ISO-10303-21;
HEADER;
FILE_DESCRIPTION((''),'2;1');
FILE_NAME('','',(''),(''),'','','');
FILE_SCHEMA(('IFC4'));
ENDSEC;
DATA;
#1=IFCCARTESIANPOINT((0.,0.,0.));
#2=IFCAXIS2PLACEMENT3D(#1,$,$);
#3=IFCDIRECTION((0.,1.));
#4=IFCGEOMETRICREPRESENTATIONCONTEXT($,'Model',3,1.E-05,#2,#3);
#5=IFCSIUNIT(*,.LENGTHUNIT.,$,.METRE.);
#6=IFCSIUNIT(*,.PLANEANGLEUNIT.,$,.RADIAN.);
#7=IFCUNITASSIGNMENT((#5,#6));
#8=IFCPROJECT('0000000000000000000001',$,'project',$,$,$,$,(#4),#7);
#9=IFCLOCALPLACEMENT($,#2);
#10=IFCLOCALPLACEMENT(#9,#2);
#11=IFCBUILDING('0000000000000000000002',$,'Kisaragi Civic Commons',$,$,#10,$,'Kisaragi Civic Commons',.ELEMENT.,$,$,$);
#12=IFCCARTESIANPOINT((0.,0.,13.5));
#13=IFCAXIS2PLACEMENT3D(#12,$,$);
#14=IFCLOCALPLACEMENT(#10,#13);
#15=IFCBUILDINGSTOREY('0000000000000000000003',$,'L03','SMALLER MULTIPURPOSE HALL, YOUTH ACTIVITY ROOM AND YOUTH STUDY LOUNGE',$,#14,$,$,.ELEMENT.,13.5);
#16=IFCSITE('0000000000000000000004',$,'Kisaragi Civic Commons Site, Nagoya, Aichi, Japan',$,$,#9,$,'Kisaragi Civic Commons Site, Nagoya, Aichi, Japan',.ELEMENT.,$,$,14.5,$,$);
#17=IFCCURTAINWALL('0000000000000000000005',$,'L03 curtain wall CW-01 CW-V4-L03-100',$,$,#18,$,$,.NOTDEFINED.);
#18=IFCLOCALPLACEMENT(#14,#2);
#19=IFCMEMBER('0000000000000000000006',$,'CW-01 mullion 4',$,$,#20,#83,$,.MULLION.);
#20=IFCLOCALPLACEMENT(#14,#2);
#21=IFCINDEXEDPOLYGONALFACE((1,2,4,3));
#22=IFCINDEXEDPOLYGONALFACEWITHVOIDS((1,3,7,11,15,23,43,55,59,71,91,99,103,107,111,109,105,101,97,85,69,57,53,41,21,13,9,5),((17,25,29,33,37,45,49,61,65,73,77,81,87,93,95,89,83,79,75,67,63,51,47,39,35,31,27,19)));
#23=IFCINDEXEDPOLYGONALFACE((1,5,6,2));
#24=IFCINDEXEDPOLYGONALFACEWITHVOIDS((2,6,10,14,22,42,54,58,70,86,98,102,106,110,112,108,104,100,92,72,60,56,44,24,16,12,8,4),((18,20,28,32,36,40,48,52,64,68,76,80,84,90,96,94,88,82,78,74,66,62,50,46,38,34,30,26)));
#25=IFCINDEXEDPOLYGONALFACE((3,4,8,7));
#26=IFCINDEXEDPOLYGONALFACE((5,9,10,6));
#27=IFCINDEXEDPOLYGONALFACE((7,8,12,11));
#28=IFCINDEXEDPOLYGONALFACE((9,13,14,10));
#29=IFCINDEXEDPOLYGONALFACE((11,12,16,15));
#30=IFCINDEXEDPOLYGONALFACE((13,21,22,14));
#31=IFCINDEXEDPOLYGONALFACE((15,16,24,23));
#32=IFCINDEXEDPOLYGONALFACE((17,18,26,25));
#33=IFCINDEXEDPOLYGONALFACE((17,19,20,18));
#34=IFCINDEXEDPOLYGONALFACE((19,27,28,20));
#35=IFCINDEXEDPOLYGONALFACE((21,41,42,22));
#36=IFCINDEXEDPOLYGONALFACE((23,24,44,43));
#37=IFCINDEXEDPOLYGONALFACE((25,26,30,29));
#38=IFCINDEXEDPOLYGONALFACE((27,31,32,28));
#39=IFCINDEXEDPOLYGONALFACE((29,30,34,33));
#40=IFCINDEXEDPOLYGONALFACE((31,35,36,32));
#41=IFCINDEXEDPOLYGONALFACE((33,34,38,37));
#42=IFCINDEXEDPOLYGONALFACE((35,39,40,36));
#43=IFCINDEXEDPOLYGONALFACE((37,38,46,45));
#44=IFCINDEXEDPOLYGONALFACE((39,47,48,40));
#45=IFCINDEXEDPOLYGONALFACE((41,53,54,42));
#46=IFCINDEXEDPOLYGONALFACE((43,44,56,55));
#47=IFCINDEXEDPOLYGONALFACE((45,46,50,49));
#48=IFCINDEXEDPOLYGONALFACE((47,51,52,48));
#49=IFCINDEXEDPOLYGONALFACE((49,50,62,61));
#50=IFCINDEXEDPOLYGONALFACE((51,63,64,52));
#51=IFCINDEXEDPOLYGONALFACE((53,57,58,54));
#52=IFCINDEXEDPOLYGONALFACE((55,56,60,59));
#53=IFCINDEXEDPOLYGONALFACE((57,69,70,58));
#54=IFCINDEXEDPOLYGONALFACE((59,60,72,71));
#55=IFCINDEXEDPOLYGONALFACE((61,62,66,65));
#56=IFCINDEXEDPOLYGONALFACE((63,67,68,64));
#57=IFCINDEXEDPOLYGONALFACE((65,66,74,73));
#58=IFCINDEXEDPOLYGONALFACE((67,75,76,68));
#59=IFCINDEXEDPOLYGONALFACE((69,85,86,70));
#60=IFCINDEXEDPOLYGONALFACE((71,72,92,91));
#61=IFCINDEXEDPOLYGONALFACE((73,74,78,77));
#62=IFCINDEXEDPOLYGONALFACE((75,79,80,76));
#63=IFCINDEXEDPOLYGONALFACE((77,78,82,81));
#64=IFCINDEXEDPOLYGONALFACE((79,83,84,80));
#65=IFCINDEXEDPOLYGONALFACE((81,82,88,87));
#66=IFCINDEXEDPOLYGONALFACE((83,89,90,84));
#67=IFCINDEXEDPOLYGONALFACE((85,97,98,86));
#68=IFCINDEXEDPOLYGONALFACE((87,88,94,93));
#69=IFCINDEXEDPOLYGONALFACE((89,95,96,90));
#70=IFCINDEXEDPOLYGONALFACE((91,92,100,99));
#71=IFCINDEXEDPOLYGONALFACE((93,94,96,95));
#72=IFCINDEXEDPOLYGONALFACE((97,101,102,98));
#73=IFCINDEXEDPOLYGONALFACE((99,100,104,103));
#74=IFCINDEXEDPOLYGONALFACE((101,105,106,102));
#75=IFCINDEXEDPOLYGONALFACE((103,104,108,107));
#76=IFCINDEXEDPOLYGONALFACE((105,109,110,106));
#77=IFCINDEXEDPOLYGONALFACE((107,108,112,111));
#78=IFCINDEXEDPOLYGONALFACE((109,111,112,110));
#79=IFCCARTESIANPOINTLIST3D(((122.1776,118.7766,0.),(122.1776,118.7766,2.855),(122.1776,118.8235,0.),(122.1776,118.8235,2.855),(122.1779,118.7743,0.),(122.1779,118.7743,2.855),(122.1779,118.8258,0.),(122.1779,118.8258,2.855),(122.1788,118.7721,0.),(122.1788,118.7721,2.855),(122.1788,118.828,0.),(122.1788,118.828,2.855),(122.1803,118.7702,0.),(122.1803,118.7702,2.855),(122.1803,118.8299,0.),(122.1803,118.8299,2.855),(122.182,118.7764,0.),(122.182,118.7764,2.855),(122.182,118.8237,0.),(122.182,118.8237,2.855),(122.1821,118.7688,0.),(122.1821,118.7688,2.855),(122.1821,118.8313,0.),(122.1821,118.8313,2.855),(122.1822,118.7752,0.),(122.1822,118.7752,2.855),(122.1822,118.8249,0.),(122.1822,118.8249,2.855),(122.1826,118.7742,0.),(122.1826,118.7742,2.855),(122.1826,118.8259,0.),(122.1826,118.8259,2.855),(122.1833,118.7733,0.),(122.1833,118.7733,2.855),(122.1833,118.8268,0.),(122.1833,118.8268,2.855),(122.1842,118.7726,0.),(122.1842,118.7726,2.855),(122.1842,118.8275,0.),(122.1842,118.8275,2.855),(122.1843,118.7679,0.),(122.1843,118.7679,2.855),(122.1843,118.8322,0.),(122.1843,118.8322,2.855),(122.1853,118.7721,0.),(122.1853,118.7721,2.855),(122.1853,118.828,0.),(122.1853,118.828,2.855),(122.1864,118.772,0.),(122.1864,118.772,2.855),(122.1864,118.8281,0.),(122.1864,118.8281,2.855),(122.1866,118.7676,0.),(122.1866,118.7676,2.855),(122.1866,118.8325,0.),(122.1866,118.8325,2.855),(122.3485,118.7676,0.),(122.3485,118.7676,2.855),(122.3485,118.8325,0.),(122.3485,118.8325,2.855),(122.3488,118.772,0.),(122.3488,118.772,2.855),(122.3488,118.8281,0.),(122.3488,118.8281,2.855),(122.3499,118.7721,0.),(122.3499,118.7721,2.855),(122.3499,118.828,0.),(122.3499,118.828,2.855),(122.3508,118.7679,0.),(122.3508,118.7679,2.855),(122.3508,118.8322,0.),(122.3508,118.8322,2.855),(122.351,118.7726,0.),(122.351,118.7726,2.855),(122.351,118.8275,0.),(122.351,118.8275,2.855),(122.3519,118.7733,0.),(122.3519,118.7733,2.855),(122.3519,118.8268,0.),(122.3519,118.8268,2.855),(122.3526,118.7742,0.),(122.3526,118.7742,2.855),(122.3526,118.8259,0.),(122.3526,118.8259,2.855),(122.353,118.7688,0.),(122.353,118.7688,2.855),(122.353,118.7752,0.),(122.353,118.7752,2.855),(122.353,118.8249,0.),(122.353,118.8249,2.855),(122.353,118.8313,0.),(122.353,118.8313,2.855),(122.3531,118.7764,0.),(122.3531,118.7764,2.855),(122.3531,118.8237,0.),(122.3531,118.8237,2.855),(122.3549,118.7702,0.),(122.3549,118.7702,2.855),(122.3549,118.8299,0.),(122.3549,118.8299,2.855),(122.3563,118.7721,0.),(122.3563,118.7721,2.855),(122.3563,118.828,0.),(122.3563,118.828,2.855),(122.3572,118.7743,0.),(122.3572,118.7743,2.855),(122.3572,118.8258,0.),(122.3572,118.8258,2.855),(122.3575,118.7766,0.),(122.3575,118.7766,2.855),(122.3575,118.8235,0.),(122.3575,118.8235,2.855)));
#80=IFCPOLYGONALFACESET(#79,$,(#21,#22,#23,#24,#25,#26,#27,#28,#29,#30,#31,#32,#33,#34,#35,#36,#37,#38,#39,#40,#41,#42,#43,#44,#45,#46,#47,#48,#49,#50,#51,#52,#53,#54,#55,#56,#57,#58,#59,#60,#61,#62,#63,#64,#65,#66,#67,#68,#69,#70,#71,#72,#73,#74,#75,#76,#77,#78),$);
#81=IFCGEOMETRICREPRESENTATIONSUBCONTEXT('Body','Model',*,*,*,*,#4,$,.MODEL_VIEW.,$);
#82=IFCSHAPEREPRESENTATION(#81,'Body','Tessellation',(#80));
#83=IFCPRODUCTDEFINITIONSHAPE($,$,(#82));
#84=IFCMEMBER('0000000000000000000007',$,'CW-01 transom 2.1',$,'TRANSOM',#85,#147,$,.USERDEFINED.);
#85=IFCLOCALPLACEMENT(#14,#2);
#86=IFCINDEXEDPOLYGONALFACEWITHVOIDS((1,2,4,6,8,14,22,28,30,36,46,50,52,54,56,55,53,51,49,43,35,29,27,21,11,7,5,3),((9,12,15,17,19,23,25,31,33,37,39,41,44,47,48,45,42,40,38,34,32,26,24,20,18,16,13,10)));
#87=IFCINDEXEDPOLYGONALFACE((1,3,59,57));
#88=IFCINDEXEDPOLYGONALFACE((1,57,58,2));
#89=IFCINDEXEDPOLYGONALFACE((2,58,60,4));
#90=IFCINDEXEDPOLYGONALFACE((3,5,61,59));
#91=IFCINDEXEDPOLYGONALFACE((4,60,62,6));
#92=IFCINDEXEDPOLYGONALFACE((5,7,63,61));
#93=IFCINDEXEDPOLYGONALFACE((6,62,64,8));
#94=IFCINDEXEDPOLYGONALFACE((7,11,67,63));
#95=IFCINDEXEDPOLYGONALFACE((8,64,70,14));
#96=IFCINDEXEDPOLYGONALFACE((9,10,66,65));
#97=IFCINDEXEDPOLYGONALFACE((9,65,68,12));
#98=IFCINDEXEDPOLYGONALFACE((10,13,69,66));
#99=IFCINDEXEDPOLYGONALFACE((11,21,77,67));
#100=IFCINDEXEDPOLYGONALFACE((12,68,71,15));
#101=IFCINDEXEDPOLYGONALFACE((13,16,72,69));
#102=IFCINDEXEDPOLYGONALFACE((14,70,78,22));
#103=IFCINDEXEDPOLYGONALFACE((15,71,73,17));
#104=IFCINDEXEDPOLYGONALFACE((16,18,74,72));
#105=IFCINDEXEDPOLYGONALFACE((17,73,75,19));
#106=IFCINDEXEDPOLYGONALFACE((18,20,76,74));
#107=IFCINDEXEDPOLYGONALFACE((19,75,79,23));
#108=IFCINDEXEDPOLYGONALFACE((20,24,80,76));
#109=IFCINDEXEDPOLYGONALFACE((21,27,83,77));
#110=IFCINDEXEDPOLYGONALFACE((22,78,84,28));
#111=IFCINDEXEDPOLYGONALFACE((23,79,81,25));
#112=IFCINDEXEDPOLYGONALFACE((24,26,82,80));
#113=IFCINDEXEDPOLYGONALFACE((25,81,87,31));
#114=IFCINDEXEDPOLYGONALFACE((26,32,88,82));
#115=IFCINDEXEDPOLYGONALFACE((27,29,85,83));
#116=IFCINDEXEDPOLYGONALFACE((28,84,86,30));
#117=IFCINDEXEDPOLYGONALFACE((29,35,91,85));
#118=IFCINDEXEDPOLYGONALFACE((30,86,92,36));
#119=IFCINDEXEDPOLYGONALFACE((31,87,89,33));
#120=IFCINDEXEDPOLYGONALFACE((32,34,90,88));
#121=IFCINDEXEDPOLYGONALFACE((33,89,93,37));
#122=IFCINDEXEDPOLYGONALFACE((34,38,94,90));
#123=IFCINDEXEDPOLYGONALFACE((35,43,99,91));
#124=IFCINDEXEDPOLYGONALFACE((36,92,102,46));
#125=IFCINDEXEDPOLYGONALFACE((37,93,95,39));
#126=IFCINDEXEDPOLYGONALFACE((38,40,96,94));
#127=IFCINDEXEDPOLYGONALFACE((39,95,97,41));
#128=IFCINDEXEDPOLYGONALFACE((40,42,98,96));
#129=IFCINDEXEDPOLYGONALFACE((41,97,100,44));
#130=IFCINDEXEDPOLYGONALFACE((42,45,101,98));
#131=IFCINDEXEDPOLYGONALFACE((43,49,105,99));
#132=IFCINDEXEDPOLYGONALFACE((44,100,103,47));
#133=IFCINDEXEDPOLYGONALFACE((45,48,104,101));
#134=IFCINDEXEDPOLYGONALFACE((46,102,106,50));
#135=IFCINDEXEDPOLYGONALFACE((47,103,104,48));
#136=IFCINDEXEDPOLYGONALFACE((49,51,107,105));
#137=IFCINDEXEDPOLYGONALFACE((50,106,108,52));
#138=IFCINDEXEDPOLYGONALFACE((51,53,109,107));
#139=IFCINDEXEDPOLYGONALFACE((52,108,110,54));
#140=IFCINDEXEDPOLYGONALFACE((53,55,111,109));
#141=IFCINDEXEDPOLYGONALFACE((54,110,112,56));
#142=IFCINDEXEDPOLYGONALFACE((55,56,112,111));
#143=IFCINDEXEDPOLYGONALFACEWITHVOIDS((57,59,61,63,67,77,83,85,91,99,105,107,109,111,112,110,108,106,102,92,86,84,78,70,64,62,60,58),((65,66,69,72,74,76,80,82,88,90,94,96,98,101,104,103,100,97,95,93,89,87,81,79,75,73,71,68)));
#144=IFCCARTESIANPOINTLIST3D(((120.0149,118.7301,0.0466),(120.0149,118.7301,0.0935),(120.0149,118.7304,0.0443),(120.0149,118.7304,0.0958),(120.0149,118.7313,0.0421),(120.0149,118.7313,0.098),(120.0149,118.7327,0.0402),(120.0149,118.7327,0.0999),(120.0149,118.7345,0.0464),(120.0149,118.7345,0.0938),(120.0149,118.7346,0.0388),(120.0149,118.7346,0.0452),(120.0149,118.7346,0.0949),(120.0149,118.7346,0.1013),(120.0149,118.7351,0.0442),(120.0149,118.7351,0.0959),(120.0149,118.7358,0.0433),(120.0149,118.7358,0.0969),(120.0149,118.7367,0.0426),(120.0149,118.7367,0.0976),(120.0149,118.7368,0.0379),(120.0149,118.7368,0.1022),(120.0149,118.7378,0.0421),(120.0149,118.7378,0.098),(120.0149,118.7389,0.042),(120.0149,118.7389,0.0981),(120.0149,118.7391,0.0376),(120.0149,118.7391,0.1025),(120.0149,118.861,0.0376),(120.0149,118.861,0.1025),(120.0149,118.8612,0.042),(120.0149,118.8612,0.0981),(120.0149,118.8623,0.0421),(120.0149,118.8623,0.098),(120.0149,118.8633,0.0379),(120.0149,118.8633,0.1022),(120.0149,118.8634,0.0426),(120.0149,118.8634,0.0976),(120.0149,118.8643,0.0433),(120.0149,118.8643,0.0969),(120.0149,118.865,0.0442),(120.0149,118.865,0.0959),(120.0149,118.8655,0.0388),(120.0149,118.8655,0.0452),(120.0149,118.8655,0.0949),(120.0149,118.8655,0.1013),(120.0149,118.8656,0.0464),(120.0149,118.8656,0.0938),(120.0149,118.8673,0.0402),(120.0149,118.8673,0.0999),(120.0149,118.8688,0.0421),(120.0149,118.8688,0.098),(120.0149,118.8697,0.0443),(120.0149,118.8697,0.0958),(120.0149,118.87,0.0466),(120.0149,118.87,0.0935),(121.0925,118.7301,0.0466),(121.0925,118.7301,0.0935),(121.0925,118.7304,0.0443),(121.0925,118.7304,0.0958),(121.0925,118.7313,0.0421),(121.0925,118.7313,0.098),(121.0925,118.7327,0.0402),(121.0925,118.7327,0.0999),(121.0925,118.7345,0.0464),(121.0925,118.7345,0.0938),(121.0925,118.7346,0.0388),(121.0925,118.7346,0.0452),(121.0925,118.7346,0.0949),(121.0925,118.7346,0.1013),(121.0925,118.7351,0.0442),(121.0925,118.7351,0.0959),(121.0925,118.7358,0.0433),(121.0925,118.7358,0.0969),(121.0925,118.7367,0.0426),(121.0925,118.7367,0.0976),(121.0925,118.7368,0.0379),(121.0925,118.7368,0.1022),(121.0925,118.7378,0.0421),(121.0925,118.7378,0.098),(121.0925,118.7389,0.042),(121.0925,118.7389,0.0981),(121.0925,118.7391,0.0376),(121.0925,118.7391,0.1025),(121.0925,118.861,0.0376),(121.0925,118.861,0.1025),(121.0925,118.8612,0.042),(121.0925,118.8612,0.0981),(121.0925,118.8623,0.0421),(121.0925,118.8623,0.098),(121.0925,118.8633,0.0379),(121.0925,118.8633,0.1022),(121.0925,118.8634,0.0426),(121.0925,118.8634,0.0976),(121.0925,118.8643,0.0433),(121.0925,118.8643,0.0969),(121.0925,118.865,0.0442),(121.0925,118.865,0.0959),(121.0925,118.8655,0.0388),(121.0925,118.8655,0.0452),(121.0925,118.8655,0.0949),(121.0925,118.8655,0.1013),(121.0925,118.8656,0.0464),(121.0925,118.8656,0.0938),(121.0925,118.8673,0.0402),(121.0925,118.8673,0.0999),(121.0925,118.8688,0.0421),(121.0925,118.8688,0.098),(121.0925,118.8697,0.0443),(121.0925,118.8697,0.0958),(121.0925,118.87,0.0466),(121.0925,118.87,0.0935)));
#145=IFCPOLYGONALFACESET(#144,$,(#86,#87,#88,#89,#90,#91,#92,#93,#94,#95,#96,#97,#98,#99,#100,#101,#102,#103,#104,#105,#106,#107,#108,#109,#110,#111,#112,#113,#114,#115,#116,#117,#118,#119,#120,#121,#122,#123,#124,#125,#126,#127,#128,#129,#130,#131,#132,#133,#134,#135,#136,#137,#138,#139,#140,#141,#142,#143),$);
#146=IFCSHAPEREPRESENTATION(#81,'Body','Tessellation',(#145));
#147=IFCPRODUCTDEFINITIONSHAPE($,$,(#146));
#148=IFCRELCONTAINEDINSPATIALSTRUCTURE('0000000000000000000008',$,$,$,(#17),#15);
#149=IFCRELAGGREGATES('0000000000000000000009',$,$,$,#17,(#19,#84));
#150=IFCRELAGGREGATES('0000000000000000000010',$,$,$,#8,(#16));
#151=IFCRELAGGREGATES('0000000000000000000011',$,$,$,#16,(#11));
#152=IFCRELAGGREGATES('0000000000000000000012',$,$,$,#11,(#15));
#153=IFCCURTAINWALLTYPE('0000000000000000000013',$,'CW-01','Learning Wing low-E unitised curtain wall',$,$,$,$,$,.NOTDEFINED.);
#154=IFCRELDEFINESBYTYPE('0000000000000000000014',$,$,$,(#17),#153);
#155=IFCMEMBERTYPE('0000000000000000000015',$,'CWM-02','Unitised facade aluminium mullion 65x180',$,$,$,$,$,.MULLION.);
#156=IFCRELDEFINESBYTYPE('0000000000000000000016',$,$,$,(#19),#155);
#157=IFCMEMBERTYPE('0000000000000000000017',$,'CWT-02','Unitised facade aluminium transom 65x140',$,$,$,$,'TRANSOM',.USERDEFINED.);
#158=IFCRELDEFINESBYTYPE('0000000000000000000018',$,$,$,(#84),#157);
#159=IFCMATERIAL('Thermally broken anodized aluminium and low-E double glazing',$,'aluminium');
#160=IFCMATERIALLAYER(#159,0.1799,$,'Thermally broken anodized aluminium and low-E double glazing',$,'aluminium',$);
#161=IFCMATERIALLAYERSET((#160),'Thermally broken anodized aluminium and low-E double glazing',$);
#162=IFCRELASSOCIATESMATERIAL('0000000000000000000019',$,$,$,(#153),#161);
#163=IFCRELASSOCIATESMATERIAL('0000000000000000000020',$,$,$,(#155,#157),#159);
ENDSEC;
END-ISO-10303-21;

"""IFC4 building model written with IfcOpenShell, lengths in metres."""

from ifc_helpers import new_model, si_unit, direction, frame, origin, origin_2d, place, context, subcontext, project, spatial, hollow_rectangle, extrude, material, layer, layer_set, material_profile, profile_set, type_object, element, aggregate, save


model = new_model("IFC4")

# Units and contexts
model_context = context("Model", 3, precision=1e-05, world=origin(), true_north=direction((0.0, 1.0)))
body_context = subcontext(model_context, "Body", "Model", "MODEL_VIEW")
ifc_project = project(units=[si_unit("LENGTHUNIT", "METRE"), si_unit("PLANEANGLEUNIT", "RADIAN")], contexts=[model_context])

# Site, building, storey
site_placement = place(None, origin())
site = spatial("IfcSite", under=ifc_project, at=site_placement, Name="Kisaragi Civic Commons Site, Nagoya, Aichi, Japan", LongName="Kisaragi Civic Commons Site, Nagoya, Aichi, Japan", CompositionType="ELEMENT", RefElevation=14.5)
building_placement = place(site_placement, origin())
building = spatial("IfcBuilding", under=site, at=building_placement, Name="Kisaragi Civic Commons", LongName="Kisaragi Civic Commons", CompositionType="ELEMENT")
storey_placement = place(building_placement, frame((0.0, 0.0, 13.5)))
storey = spatial("IfcBuildingStorey", under=building, at=storey_placement, Name="L03", Description="SMALLER MULTIPURPOSE HALL, YOUTH ACTIVITY ROOM AND YOUTH STUDY LOUNGE", CompositionType="ELEMENT", Elevation=13.5)

# Curtain wall, members
ifc_material = material(Name="Thermally broken anodized aluminium and low-E double glazing", Category="aluminium")
ifc_layer_1 = layer(ifc_material, 0.1799, Name="Thermally broken anodized aluminium and low-E double glazing", Category="aluminium")
ifc_layer_set_1 = layer_set([ifc_layer_1], Name="Thermally broken anodized aluminium and low-E double glazing")
curtain_wall_type = type_object("IfcCurtainWallType", Name="CW-01", Description="Learning Wing low-E unitised curtain wall", PredefinedType="NOTDEFINED", material=ifc_layer_set_1)
curtain_wall_placement = place(storey_placement, origin())
curtain_wall = element("IfcCurtainWall", 1, at=curtain_wall_placement, inside=storey, type_object=curtain_wall_type, Name="L03 curtain wall CW-01 CW-V4-L03-100", PredefinedType="NOTDEFINED")
ifc_material_profile_1 = material_profile(ifc_material, hollow_rectangle(XDim=0.0649, YDim=0.1799, WallThickness=0.0044, InnerFilletRadius=0.0044, OuterFilletRadius=0.009, at=origin_2d()), Name="CWM-65x180x4.5", Category="aluminium")
ifc_profile_set_1 = profile_set([ifc_material_profile_1], Name="Thermally broken anodized aluminium and low-E double glazing")
member_type_1 = type_object("IfcMemberType", Name="CWM-02", Description="Unitised facade aluminium mullion 65x180", PredefinedType="MULLION", material=ifc_profile_set_1)
member_1_placement = place(storey_placement, frame((122.2676, 118.8, 0.0), z_axis=(0.0, 0.0, 1.0), x_axis=(0.0, 1.0, 0.0)))
member_1 = element("IfcMember", 2, at=member_1_placement, type_object=member_type_1, Name="CW-01 mullion 4", PredefinedType="MULLION", context=body_context, shape_type="SweptSolid", body=[
    extrude(hollow_rectangle(XDim=0.0649, YDim=0.1799, WallThickness=0.0044, InnerFilletRadius=0.0044, OuterFilletRadius=0.009, at=origin_2d()), origin(), (0.0, 0.0, 1.0), 2.855),
])
ifc_material_profile_2 = material_profile(ifc_material, hollow_rectangle(XDim=0.1399, YDim=0.0649, WallThickness=0.0044, InnerFilletRadius=0.0044, OuterFilletRadius=0.009, at=origin_2d()), Name="CWT-65x140x4.5", Category="aluminium")
ifc_profile_set_2 = profile_set([ifc_material_profile_2], Name="Thermally broken anodized aluminium and low-E double glazing")
member_type_2 = type_object("IfcMemberType", Name="CWT-02", Description="Unitised facade aluminium transom 65x140", ElementType="TRANSOM", PredefinedType="USERDEFINED", material=ifc_profile_set_2)
member_2_placement = place(storey_placement, frame((120.0149, 118.8, 0.0701), z_axis=(1.0, 0.0, 0.0), x_axis=(0.0, 1.0, 0.0)))
member_2 = element("IfcMember", 3, at=member_2_placement, type_object=member_type_2, Name="CW-01 transom 2.1", ObjectType="TRANSOM", PredefinedType="USERDEFINED", context=body_context, shape_type="SweptSolid", body=[
    extrude(hollow_rectangle(XDim=0.1399, YDim=0.0649, WallThickness=0.0044, InnerFilletRadius=0.0044, OuterFilletRadius=0.009, at=origin_2d()), origin(), (0.0, 0.0, 1.0), 1.0776),
])
aggregate(curtain_wall, [member_1, member_2])

save(model, "model.ifc")
